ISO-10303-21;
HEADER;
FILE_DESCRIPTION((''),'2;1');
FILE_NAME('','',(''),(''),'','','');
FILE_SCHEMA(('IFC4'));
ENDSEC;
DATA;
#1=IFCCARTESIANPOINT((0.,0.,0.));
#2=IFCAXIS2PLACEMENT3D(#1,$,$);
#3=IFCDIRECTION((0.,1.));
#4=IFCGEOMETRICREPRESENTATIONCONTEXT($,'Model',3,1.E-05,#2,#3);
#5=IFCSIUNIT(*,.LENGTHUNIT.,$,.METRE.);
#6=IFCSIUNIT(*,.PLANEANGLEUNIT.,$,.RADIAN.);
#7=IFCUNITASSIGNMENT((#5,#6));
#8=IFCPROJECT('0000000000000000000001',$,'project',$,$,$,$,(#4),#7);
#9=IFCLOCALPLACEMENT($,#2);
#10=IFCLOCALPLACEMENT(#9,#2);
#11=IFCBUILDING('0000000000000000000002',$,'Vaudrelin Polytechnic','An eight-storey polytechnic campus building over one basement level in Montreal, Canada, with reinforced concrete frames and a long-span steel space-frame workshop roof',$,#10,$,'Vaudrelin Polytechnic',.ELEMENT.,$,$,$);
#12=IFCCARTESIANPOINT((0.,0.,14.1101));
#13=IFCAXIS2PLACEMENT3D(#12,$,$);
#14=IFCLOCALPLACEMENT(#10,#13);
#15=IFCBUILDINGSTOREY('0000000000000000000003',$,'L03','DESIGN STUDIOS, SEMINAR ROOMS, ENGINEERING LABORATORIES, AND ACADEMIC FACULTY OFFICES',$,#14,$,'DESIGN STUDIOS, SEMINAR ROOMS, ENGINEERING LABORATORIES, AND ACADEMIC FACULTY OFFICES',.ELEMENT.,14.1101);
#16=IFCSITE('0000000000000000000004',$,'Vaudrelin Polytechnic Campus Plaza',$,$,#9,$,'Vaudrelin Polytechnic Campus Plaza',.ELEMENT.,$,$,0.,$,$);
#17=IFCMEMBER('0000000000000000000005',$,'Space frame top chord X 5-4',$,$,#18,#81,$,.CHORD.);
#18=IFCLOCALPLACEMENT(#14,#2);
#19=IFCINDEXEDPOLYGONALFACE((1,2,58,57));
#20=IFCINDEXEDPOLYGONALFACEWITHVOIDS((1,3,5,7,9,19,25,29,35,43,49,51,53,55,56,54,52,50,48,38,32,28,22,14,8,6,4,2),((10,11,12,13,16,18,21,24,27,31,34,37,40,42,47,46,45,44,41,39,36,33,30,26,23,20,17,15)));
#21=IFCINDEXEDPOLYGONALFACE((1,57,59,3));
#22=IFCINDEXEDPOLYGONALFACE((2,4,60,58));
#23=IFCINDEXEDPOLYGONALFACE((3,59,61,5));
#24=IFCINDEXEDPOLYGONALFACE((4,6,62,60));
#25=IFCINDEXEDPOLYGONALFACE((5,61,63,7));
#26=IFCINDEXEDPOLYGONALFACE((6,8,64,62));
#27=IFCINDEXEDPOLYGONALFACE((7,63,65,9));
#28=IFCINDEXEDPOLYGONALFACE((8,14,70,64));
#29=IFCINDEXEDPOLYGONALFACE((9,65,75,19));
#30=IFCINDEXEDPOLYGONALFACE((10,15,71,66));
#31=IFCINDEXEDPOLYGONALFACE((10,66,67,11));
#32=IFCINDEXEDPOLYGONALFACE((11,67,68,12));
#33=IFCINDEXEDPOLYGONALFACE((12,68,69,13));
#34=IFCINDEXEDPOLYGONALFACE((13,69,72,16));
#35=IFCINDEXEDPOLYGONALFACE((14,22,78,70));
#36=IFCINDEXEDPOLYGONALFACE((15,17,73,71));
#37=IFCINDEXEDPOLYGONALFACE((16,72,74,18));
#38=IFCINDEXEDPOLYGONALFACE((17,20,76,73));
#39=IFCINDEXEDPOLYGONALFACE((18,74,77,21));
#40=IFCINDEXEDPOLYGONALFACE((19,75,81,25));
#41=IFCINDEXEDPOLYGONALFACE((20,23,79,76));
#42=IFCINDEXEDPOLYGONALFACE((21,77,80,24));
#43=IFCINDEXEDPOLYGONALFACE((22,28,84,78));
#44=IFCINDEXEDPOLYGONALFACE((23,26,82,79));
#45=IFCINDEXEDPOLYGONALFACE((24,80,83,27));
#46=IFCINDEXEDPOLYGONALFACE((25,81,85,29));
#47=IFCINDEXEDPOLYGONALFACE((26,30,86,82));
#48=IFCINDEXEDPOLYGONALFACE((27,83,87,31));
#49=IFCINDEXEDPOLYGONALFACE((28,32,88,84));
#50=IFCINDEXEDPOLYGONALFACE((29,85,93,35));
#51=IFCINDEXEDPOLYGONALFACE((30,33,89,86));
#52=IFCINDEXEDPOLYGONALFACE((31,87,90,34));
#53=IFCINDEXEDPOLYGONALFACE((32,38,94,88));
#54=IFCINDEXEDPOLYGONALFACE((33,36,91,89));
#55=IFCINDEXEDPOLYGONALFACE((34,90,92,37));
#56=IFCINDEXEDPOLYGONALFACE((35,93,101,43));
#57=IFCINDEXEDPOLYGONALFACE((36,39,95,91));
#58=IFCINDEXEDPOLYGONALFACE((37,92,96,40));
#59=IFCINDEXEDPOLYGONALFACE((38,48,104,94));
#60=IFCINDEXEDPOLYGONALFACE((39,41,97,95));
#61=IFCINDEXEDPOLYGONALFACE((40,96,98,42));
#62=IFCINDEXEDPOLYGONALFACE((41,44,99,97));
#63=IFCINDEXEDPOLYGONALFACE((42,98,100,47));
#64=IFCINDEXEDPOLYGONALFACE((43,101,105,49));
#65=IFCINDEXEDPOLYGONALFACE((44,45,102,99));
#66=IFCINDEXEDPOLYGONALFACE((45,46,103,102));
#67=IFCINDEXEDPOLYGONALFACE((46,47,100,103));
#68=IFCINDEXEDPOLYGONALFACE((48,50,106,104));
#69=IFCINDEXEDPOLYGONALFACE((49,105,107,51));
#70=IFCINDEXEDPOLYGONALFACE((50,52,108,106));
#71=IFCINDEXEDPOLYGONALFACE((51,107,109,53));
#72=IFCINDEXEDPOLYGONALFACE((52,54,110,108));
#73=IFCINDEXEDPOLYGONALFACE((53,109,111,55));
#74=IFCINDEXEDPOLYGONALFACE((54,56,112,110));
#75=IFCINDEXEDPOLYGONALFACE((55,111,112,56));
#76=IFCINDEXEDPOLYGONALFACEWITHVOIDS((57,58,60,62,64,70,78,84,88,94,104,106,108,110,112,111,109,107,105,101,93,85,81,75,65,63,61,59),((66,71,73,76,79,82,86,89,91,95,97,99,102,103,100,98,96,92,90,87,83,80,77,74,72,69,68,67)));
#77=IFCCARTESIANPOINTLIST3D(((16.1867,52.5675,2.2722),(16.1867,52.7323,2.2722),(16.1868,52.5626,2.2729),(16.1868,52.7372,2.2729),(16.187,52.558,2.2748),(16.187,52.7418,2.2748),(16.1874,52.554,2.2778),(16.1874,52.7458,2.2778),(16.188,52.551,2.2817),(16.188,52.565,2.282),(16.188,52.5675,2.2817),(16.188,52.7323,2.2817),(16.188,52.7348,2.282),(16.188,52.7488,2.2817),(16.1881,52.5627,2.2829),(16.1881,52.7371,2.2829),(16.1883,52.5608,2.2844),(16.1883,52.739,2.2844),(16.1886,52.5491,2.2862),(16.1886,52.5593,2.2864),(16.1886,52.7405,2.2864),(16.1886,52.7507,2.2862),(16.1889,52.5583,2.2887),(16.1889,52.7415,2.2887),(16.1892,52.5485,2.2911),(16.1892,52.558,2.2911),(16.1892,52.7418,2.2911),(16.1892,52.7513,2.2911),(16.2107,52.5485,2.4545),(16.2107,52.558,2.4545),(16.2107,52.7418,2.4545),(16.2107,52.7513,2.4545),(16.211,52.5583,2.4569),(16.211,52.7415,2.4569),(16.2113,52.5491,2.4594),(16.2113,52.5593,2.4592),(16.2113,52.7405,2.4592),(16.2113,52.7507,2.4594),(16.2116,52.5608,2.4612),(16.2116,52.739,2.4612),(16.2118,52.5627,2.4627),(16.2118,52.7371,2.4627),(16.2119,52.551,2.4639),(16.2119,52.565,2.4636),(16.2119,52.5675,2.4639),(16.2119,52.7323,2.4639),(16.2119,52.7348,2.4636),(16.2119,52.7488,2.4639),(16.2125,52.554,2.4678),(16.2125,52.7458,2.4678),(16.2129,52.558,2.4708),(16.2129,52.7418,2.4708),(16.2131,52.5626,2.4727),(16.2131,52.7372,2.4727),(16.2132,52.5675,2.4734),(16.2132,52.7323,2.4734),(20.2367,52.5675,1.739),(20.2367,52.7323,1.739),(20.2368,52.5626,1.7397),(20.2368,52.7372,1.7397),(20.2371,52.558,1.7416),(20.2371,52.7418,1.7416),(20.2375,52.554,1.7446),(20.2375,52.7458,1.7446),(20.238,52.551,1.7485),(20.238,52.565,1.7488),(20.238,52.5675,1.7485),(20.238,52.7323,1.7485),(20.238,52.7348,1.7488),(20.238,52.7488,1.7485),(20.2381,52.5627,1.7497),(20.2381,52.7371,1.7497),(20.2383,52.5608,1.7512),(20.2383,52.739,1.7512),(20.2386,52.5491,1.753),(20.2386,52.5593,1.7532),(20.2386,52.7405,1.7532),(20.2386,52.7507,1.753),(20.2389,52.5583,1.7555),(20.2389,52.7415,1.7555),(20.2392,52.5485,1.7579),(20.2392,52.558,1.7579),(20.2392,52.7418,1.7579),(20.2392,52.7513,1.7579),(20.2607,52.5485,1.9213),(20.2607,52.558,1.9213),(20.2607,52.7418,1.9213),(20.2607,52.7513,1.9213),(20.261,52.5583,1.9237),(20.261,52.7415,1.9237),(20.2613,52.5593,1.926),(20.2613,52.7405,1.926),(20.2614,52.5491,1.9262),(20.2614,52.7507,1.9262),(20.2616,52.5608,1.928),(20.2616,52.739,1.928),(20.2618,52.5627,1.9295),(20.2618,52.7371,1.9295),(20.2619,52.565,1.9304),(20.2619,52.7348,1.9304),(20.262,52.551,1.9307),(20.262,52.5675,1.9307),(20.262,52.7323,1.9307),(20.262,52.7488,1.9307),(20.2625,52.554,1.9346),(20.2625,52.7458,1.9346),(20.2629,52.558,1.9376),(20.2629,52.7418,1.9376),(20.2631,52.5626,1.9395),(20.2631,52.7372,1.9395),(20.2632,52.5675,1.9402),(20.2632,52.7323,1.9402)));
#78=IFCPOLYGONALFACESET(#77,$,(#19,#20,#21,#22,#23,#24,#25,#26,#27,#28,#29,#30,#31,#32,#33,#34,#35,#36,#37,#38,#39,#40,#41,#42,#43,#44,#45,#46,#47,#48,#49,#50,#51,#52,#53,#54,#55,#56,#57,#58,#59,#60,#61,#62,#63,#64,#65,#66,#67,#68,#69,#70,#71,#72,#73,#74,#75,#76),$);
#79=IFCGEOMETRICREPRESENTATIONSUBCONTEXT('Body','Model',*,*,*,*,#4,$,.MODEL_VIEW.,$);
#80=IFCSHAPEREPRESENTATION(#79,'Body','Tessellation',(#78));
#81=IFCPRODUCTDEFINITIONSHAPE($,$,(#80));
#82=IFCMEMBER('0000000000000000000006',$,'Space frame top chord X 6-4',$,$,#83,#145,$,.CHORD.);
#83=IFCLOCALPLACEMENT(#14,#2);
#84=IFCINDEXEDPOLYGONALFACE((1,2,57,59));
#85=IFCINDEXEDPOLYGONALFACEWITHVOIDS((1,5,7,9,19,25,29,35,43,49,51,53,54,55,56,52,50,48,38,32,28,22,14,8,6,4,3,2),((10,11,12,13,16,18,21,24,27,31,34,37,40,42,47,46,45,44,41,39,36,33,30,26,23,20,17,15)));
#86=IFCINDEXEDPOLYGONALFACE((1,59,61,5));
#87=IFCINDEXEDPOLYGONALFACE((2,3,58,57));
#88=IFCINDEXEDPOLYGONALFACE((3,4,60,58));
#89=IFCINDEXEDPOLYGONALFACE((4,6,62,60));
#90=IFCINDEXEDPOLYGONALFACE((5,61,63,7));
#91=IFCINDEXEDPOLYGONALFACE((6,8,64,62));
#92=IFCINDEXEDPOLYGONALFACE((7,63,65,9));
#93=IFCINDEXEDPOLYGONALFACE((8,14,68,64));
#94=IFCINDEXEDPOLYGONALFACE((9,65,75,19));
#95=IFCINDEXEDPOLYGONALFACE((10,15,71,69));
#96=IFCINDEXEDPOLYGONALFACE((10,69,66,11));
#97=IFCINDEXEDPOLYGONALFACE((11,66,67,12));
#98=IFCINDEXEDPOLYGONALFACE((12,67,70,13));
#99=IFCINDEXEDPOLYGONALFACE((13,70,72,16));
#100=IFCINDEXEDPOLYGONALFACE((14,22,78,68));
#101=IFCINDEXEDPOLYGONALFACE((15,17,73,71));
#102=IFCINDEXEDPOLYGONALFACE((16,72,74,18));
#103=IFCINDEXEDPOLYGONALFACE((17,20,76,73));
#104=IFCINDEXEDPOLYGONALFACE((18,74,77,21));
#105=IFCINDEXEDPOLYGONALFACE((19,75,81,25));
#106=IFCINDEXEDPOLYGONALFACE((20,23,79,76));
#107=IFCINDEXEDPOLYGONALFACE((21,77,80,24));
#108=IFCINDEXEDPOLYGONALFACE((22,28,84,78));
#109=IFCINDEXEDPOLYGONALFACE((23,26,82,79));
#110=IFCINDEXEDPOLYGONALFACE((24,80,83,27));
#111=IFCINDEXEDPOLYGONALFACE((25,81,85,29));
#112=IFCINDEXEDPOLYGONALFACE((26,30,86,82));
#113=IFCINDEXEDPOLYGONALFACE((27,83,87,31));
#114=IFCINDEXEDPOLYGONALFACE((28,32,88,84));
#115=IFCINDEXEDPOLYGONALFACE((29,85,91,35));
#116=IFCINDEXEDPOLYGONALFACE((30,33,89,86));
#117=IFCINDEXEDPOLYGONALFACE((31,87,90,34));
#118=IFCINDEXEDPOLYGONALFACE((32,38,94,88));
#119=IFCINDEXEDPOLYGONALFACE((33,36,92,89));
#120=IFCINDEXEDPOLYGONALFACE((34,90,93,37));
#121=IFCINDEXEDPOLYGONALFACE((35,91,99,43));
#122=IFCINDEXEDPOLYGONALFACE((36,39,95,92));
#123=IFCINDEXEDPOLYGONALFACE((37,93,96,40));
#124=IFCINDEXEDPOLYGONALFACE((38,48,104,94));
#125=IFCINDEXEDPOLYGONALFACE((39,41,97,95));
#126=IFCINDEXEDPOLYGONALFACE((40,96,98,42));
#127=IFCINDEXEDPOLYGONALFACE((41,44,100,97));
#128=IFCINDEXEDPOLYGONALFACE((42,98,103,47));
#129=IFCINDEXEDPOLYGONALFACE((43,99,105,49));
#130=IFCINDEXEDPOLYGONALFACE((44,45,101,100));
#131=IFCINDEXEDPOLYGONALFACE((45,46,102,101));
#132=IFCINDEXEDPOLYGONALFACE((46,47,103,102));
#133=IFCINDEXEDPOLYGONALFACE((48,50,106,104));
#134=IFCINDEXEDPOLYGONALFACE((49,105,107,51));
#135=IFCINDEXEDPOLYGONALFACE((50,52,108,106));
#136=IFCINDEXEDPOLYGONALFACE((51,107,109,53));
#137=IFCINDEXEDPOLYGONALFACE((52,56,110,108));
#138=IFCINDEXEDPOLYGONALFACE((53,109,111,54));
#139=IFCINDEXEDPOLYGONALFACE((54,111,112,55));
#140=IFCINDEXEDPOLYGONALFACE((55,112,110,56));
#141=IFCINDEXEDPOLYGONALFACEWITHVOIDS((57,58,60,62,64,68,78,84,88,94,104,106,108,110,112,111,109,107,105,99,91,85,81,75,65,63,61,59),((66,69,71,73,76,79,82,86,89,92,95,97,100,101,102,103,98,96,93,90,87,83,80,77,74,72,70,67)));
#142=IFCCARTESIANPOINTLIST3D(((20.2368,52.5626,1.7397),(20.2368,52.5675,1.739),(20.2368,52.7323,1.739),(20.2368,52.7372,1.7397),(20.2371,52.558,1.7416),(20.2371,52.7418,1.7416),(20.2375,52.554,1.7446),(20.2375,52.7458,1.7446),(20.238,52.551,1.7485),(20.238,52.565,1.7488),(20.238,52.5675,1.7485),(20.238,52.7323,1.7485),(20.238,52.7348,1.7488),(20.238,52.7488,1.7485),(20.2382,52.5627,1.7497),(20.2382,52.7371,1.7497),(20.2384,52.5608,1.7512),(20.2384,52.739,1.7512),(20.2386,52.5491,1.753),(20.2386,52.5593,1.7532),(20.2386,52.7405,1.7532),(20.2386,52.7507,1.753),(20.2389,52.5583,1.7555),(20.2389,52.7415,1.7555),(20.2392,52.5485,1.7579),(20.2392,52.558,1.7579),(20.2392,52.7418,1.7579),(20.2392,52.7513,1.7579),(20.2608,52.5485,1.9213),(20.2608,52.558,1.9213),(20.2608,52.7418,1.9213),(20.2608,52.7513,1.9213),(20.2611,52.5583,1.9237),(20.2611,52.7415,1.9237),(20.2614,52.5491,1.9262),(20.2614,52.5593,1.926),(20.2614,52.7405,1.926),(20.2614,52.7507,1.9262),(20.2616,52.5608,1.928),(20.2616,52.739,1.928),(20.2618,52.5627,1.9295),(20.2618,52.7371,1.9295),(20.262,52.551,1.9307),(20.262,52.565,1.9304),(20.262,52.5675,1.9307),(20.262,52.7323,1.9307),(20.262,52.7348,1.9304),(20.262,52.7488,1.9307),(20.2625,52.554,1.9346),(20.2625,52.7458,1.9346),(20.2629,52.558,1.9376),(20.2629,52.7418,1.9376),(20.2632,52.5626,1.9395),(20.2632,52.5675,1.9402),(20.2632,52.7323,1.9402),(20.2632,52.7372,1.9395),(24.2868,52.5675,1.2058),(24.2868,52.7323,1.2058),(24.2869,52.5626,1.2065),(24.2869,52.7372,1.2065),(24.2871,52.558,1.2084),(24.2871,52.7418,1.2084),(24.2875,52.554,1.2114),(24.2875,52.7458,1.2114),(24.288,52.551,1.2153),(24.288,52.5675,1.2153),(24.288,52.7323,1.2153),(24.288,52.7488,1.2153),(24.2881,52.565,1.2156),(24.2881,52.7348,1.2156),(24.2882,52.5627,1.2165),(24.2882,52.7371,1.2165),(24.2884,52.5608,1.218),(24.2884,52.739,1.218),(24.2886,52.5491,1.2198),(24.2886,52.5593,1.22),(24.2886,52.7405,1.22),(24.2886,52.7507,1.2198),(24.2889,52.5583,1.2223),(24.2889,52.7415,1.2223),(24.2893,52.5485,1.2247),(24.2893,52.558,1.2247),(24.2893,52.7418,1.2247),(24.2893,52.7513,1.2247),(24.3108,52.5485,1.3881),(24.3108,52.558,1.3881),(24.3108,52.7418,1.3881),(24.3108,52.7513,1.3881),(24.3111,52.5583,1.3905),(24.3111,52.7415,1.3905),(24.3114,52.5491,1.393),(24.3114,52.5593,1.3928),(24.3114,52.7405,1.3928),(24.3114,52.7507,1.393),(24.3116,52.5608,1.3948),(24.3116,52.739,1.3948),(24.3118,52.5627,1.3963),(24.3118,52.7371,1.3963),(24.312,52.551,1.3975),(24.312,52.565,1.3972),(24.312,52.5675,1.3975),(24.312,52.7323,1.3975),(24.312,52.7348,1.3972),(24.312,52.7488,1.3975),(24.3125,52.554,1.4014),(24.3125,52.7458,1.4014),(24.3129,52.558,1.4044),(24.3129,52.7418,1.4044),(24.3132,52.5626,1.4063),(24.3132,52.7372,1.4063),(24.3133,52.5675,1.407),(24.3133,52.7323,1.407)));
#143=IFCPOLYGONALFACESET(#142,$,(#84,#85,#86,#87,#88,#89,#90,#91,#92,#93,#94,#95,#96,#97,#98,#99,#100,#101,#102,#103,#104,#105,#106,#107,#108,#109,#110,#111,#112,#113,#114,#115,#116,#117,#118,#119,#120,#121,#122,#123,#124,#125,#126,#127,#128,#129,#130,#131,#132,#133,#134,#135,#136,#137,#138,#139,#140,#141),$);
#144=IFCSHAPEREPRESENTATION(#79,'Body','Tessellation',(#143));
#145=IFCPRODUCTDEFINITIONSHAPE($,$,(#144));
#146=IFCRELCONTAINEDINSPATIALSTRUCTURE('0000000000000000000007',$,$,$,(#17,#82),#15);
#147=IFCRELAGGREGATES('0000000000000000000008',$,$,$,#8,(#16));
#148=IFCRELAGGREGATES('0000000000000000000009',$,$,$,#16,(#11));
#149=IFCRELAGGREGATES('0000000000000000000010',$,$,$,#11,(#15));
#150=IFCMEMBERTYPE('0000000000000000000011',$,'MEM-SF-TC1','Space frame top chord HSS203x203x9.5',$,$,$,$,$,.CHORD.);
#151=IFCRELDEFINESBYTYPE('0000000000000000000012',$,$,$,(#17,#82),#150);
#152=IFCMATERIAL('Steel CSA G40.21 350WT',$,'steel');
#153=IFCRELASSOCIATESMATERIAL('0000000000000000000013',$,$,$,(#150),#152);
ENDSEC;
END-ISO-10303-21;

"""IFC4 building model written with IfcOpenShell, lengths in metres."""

from ifc_helpers import new_model, si_unit, direction, frame, origin, origin_2d, place, context, subcontext, project, spatial, hollow_rectangle, extrude, material, material_profile, profile_set, type_object, element, save


model = new_model("IFC4")

# Units and contexts
model_context = context("Model", 3, precision=1e-05, world=origin(), true_north=direction((0.0, 1.0)))
body_context = subcontext(model_context, "Body", "Model", "MODEL_VIEW")
ifc_project = project(units=[si_unit("LENGTHUNIT", "METRE"), si_unit("PLANEANGLEUNIT", "RADIAN")], contexts=[model_context])

# Site, building, storey
site_placement = place(None, origin())
site = spatial("IfcSite", under=ifc_project, at=site_placement, Name="Vaudrelin Polytechnic Campus Plaza", LongName="Vaudrelin Polytechnic Campus Plaza", CompositionType="ELEMENT", RefElevation=0.0)
building_placement = place(site_placement, origin())
building = spatial("IfcBuilding", under=site, at=building_placement, Name="Vaudrelin Polytechnic", Description="An eight-storey polytechnic campus building over one basement level in Montreal, Canada, with reinforced concrete frames and a long-span steel space-frame workshop roof", LongName="Vaudrelin Polytechnic", CompositionType="ELEMENT")
storey_placement = place(building_placement, frame((0.0, 0.0, 14.1101)))
storey = spatial("IfcBuildingStorey", under=building, at=storey_placement, Name="L03", Description="DESIGN STUDIOS, SEMINAR ROOMS, ENGINEERING LABORATORIES, AND ACADEMIC FACULTY OFFICES", LongName="DESIGN STUDIOS, SEMINAR ROOMS, ENGINEERING LABORATORIES, AND ACADEMIC FACULTY OFFICES", CompositionType="ELEMENT", Elevation=14.1101)

# Members
ifc_material = material(Name="Steel CSA G40.21 350WT", Category="steel")
ifc_material_profile_1 = material_profile(ifc_material, hollow_rectangle(XDim=0.2029, YDim=0.2029, WallThickness=0.0095, InnerFilletRadius=0.0095, OuterFilletRadius=0.019, at=origin_2d()), Name="HSS203x203x9.5")
ifc_profile_set_1 = profile_set([ifc_material_profile_1], Name="Steel CSA G40.21 350WT")
member_type_1 = type_object("IfcMemberType", Name="MEM-SF-TC1", Description="Space frame top chord HSS203x203x9.5", PredefinedType="CHORD", material=ifc_profile_set_1)
for number, where, z_axis, x_axis, name in (
    (1, (16.2, 52.6499, 2.3728), (0.991445, 0.0, -0.130527), (0.0, 1.0, 0.0), "Space frame top chord X 5-4"),
    (2, (20.25, 52.6499, 1.8396), (0.991445, 0.0, -0.130527), (0.0, 1.0, 0.0), "Space frame top chord X 6-4"),
):
    element("IfcMember", number, at=place(storey_placement, frame(where, z_axis=z_axis, x_axis=x_axis)), inside=storey, type_object=member_type_1, Name=name, PredefinedType="CHORD", context=body_context, shape_type="SweptSolid", body=[
        extrude(hollow_rectangle(XDim=0.2029, YDim=0.2029, WallThickness=0.0095, InnerFilletRadius=0.0095, OuterFilletRadius=0.019, at=origin_2d()), origin(), (0.0, 0.0, 1.0), 4.085),
    ])

save(model, "model.ifc")
